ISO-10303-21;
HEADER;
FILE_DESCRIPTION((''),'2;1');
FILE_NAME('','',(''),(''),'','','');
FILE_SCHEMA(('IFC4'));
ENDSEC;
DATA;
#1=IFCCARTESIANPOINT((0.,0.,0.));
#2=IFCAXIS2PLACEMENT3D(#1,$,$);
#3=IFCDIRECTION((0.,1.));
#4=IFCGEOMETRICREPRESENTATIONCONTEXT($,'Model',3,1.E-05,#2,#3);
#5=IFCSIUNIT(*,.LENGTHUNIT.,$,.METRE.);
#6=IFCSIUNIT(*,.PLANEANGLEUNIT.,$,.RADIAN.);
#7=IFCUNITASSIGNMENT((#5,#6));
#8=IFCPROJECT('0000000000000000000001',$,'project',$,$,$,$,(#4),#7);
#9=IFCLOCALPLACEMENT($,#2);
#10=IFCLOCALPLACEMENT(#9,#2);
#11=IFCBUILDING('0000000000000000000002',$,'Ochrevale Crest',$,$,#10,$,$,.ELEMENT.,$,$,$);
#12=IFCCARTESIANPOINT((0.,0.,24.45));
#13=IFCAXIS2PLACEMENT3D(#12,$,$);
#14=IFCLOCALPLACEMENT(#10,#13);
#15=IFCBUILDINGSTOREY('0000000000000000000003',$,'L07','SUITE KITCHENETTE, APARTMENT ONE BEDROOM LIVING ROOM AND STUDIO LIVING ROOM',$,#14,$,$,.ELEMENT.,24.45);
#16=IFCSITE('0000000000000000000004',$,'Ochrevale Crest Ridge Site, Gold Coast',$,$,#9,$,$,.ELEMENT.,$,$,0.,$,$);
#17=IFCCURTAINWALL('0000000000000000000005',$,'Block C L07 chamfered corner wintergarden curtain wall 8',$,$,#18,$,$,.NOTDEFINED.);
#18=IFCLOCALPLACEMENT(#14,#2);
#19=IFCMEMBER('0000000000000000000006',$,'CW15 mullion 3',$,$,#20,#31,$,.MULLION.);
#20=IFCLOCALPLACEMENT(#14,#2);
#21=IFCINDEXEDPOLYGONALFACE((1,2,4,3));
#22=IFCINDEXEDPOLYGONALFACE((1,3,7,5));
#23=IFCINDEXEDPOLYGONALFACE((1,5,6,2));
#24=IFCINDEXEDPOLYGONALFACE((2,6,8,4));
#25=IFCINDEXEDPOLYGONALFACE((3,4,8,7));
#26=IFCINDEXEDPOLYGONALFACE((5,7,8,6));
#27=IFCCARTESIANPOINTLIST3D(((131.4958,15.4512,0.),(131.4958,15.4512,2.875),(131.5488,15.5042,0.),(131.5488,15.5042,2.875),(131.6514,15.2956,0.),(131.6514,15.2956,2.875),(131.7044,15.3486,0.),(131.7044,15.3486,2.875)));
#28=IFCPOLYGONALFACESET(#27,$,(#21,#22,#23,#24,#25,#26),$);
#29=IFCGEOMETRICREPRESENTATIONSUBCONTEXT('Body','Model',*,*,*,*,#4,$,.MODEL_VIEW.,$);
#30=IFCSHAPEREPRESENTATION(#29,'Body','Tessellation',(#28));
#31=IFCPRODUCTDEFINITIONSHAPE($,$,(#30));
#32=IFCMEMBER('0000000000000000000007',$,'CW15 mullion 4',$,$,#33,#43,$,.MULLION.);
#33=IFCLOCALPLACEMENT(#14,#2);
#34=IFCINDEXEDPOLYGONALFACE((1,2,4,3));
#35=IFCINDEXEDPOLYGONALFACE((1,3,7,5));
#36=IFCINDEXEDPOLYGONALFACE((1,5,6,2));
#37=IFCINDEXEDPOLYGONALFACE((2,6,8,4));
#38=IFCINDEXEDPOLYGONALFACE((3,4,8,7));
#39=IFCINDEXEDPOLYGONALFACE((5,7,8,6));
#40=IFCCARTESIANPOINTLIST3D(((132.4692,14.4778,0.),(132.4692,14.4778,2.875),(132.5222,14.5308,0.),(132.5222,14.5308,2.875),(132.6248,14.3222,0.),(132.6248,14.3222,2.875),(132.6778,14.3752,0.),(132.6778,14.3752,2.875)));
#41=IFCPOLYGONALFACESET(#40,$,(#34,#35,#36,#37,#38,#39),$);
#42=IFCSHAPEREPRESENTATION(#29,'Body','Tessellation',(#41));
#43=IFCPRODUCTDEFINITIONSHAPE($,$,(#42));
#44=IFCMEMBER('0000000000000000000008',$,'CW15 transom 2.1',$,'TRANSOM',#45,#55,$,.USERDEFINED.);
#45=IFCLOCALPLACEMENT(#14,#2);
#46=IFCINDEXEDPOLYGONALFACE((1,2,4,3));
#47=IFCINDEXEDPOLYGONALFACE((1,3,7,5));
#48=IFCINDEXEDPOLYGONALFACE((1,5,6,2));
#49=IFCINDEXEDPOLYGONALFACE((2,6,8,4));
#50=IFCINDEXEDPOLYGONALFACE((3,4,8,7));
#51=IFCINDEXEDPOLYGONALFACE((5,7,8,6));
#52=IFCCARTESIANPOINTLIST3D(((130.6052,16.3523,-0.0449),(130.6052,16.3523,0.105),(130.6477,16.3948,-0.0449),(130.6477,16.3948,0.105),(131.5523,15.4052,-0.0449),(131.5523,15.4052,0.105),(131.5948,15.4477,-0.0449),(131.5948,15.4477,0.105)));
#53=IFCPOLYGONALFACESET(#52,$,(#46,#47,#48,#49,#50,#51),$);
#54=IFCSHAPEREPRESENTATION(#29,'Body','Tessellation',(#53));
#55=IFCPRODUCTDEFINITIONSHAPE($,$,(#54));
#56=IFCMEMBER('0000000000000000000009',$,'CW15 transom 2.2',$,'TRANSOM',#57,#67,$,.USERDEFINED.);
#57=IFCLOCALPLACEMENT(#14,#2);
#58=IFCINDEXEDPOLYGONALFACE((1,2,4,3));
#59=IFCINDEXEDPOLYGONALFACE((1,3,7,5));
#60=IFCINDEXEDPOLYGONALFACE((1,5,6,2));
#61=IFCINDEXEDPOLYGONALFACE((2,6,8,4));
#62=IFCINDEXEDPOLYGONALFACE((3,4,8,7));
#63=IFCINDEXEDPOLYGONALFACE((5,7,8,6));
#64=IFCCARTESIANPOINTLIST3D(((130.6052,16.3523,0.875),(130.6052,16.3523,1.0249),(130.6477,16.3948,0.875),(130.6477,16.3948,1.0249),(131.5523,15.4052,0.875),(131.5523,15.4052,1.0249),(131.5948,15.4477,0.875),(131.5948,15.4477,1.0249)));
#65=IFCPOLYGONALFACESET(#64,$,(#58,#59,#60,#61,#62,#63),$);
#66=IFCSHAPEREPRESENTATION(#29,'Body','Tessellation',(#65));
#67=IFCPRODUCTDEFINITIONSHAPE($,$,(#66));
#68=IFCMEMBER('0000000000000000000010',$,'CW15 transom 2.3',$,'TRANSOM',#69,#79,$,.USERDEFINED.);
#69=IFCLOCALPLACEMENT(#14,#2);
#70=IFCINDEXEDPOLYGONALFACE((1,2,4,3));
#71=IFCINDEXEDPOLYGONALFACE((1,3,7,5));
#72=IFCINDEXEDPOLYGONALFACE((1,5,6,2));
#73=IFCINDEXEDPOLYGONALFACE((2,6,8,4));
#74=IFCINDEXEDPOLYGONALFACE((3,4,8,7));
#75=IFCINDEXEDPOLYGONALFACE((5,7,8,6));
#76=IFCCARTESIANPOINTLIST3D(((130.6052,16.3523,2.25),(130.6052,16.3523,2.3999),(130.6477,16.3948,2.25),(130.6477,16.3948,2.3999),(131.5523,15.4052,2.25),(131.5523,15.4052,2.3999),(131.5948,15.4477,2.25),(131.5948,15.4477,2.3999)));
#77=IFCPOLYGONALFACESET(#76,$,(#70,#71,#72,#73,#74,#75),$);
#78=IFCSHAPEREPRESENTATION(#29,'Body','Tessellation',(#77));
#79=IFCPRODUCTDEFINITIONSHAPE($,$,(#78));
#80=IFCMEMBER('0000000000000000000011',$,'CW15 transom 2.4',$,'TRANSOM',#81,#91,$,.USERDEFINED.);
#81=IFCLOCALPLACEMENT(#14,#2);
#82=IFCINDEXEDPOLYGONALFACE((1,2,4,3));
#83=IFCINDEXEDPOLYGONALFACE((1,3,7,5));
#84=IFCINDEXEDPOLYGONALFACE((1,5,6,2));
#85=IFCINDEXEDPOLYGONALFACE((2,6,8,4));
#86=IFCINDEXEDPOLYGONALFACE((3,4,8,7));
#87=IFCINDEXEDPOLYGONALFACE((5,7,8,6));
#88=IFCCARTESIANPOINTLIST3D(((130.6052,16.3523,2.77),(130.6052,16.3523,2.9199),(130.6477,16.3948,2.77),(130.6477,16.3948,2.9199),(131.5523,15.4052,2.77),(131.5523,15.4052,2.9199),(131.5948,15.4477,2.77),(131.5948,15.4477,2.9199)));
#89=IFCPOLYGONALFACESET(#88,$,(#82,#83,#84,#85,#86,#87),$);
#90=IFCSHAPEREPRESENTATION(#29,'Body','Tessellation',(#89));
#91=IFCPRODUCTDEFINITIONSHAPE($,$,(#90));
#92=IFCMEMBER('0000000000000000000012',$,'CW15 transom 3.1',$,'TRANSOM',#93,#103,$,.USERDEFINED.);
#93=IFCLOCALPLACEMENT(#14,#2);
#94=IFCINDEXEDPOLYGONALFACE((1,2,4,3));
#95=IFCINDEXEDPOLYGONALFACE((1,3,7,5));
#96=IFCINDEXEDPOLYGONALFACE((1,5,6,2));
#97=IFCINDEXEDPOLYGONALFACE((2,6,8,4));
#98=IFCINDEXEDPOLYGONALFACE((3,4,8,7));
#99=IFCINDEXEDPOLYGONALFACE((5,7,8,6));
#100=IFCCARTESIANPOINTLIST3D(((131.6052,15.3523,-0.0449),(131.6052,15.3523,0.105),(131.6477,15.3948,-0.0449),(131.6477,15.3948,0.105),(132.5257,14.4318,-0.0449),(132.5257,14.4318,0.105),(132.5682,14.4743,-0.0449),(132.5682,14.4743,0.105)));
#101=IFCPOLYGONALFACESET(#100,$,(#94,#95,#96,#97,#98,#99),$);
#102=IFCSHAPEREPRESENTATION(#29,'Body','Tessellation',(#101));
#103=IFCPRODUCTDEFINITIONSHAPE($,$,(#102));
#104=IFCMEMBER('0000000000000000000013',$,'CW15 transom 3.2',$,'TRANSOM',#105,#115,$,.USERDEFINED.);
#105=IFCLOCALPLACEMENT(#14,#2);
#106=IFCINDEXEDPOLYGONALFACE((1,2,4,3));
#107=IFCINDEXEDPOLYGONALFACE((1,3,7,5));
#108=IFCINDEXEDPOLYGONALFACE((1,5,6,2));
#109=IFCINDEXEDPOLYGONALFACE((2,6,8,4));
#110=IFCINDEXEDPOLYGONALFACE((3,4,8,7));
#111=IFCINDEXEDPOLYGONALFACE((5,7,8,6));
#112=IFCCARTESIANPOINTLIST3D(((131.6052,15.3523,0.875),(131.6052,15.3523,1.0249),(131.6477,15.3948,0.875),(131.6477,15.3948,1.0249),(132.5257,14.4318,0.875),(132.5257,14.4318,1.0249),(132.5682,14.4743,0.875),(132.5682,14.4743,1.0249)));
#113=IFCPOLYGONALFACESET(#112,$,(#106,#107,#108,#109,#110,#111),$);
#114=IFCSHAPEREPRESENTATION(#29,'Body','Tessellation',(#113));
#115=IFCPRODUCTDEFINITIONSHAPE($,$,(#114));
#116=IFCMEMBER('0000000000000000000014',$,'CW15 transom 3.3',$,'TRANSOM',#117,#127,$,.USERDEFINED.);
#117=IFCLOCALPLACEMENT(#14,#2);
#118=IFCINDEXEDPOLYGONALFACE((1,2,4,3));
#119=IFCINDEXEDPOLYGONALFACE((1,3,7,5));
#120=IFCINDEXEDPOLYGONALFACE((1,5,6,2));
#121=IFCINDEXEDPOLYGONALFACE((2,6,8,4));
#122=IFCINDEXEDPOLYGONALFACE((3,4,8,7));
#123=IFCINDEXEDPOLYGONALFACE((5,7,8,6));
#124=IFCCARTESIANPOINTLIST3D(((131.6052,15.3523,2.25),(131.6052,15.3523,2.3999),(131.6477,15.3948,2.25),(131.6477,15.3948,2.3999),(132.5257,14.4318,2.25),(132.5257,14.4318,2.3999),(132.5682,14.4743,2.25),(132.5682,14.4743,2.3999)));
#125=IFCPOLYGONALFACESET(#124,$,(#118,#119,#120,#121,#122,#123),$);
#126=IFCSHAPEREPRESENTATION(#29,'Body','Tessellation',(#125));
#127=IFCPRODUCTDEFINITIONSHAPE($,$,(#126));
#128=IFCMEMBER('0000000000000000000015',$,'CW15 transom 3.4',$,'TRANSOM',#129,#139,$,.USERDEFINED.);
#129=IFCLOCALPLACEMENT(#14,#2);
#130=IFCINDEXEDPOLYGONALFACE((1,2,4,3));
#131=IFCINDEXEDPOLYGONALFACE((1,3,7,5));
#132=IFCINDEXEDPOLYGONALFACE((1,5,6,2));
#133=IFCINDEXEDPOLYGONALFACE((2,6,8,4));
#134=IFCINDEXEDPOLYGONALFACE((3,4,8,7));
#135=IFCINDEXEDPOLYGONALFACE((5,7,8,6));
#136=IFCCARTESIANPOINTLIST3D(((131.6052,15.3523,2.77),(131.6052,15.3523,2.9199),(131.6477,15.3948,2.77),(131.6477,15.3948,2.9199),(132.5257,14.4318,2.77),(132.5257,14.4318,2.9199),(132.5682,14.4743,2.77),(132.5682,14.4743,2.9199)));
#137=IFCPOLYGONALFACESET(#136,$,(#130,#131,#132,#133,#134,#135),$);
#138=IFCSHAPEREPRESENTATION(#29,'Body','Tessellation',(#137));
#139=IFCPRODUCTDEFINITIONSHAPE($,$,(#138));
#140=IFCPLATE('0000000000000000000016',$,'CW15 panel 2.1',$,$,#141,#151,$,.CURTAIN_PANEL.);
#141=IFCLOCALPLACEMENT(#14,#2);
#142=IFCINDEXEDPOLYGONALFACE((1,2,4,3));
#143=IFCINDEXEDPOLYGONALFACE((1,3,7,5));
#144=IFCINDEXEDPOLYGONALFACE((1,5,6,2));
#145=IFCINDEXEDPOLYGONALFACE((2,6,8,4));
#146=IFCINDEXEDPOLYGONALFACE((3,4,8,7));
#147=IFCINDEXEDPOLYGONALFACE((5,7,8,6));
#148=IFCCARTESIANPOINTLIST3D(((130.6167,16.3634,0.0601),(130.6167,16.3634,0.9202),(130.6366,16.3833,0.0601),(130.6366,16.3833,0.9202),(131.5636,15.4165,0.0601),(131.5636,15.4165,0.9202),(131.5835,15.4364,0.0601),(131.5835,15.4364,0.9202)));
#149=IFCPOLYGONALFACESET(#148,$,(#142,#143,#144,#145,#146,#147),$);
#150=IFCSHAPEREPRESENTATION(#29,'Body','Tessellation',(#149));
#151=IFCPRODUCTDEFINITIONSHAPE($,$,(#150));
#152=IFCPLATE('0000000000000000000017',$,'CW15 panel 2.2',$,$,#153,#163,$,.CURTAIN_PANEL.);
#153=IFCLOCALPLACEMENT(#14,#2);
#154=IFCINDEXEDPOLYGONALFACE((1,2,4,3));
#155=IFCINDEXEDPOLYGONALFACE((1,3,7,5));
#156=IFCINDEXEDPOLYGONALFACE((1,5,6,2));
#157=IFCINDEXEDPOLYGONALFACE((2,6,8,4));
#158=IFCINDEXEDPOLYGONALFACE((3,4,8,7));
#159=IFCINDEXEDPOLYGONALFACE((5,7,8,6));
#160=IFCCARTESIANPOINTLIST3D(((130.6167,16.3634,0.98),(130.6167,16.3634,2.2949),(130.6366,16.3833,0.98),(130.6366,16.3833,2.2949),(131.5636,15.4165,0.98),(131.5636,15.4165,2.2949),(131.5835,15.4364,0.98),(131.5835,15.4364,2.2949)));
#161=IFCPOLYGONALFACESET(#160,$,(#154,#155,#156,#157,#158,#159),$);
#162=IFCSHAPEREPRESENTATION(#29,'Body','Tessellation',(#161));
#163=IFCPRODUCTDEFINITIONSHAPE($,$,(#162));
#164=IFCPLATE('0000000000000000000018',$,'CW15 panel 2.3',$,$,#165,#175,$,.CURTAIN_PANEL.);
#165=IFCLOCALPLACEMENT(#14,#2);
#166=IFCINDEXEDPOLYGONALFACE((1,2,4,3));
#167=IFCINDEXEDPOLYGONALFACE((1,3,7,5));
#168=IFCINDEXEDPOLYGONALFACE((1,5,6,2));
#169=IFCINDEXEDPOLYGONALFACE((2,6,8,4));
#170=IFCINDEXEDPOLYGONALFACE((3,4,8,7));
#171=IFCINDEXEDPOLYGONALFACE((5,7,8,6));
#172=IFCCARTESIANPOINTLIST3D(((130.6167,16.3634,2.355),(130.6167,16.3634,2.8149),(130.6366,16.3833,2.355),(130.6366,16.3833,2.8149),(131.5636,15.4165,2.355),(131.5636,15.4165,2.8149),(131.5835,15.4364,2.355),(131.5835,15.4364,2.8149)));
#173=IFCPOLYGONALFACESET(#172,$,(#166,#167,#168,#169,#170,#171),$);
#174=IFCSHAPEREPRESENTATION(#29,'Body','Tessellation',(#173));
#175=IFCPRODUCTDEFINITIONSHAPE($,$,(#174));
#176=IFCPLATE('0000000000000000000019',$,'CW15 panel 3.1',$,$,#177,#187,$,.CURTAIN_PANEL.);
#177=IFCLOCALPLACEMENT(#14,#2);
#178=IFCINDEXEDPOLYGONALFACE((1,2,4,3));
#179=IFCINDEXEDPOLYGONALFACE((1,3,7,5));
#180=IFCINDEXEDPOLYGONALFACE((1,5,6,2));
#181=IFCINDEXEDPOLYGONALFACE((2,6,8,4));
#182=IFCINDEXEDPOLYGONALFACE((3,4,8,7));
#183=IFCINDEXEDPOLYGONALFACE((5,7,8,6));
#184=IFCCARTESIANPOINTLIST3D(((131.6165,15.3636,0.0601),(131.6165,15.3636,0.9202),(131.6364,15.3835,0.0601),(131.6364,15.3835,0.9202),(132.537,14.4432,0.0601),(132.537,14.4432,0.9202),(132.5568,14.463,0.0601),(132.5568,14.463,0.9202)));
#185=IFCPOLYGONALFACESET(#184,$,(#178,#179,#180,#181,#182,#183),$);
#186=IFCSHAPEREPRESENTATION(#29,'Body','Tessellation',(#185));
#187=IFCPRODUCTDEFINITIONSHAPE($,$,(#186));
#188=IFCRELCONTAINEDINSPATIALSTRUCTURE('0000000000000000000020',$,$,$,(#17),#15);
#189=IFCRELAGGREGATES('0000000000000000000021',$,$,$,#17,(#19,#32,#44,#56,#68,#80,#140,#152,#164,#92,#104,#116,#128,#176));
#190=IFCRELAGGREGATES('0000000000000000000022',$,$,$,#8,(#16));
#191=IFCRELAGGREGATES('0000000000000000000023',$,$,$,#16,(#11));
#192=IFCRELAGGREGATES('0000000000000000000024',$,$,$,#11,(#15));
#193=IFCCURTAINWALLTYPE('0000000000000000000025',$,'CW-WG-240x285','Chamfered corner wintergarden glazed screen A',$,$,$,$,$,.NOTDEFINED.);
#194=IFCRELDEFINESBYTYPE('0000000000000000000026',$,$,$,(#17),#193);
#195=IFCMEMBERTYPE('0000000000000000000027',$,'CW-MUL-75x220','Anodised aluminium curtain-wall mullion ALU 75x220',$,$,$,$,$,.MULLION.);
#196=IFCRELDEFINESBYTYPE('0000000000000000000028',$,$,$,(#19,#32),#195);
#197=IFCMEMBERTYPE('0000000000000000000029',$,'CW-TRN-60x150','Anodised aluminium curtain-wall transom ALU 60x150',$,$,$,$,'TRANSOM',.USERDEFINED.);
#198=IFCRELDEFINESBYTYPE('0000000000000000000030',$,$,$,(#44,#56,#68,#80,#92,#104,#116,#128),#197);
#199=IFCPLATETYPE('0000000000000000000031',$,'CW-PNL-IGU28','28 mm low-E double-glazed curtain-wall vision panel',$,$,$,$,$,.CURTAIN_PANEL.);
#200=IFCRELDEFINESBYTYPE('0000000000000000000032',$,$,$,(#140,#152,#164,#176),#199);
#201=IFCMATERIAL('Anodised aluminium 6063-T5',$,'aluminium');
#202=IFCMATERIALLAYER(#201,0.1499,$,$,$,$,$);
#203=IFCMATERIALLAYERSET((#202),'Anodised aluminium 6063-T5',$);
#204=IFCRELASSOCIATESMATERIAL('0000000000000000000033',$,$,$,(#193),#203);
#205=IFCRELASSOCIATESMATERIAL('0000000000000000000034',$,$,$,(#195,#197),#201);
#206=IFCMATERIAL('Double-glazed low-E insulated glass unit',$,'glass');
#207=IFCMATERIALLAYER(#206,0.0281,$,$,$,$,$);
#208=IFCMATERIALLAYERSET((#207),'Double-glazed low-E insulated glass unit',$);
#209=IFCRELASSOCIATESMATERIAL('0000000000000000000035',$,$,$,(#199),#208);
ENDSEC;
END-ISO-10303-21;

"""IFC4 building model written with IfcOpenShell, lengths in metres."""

from ifc_helpers import new_model, si_unit, direction, frame, origin, origin_2d, place, context, subcontext, project, spatial, rectangle, extrude, material, layer, layer_set, material_profile, profile_set, type_object, element, aggregate, save


model = new_model("IFC4")

# Units and contexts
model_context = context("Model", 3, precision=1e-05, world=origin(), true_north=direction((0.0, 1.0)))
body_context = subcontext(model_context, "Body", "Model", "MODEL_VIEW")
ifc_project = project(units=[si_unit("LENGTHUNIT", "METRE"), si_unit("PLANEANGLEUNIT", "RADIAN")], contexts=[model_context])

# Site, building, storey
site_placement = place(None, origin())
site = spatial("IfcSite", under=ifc_project, at=site_placement, Name="Ochrevale Crest Ridge Site, Gold Coast", CompositionType="ELEMENT", RefElevation=0.0)
building_placement = place(site_placement, origin())
building = spatial("IfcBuilding", under=site, at=building_placement, Name="Ochrevale Crest", CompositionType="ELEMENT")
storey_placement = place(building_placement, frame((0.0, 0.0, 24.45)))
storey = spatial("IfcBuildingStorey", under=building, at=storey_placement, Name="L07", Description="SUITE KITCHENETTE, APARTMENT ONE BEDROOM LIVING ROOM AND STUDIO LIVING ROOM", CompositionType="ELEMENT", Elevation=24.45)

# Curtain wall, members, plates
ifc_material_1 = material(Name="Anodised aluminium 6063-T5", Category="aluminium")
ifc_layer_1 = layer(ifc_material_1, 0.1499)
ifc_layer_set_1 = layer_set([ifc_layer_1], Name="Anodised aluminium 6063-T5")
curtain_wall_type = type_object("IfcCurtainWallType", Name="CW-WG-240x285", Description="Chamfered corner wintergarden glazed screen A", PredefinedType="NOTDEFINED", material=ifc_layer_set_1)
curtain_wall_placement = place(storey_placement, origin())
curtain_wall = element("IfcCurtainWall", 1, at=curtain_wall_placement, inside=storey, type_object=curtain_wall_type, Name="Block C L07 chamfered corner wintergarden curtain wall 8", PredefinedType="NOTDEFINED")
ifc_material_profile_1 = material_profile(ifc_material_1, rectangle(XDim=0.075, YDim=0.22, at=origin_2d()), Name="ALU 75x220")
ifc_profile_set_1 = profile_set([ifc_material_profile_1], Name="Anodised aluminium 6063-T5")
member_type_1 = type_object("IfcMemberType", Name="CW-MUL-75x220", Description="Anodised aluminium curtain-wall mullion ALU 75x220", PredefinedType="MULLION", material=ifc_profile_set_1)
member_1_placement = place(storey_placement, frame((131.6001, 15.3999, 0.0), z_axis=(0.0, 0.0, 1.0), x_axis=(0.707107, 0.707107, 0.0)))
member_1 = element("IfcMember", 2, at=member_1_placement, type_object=member_type_1, Name="CW15 mullion 3", PredefinedType="MULLION", context=body_context, shape_type="SweptSolid", body=[
    extrude(rectangle(XDim=0.075, YDim=0.22, at=origin_2d()), origin(), (0.0, 0.0, 1.0), 2.875),
])
member_2_placement = place(storey_placement, frame((132.5735, 14.4265, 0.0), z_axis=(0.0, 0.0, 1.0), x_axis=(0.707107, 0.707107, 0.0)))
member_2 = element("IfcMember", 3, at=member_2_placement, type_object=member_type_1, Name="CW15 mullion 4", PredefinedType="MULLION", context=body_context, shape_type="SweptSolid", body=[
    extrude(rectangle(XDim=0.075, YDim=0.22, at=origin_2d()), origin(), (0.0, 0.0, 1.0), 2.875),
])
ifc_material_profile_2 = material_profile(ifc_material_1, rectangle(XDim=0.0601, YDim=0.1499, at=origin_2d()), Name="ALU 60x150")
ifc_profile_set_2 = profile_set([ifc_material_profile_2], Name="Anodised aluminium 6063-T5")
member_type_2 = type_object("IfcMemberType", Name="CW-TRN-60x150", Description="Anodised aluminium curtain-wall transom ALU 60x150", ElementType="TRANSOM", PredefinedType="USERDEFINED", material=ifc_profile_set_2)
member_3_placement = place(storey_placement, frame((130.6265, 16.3735, 0.03), z_axis=(0.707107, -0.707107, 0.0), x_axis=(0.707107, 0.707107, 0.0)))
member_3 = element("IfcMember", 4, at=member_3_placement, type_object=member_type_2, Name="CW15 transom 2.1", ObjectType="TRANSOM", PredefinedType="USERDEFINED", context=body_context, shape_type="SweptSolid", body=[
    extrude(rectangle(XDim=0.0601, YDim=0.1499, at=origin_2d()), origin(), (0.0, 0.0, 1.0), 1.3394),
])
member_4_placement = place(storey_placement, frame((130.6265, 16.3735, 0.95), z_axis=(0.707107, -0.707107, 0.0), x_axis=(0.707107, 0.707107, 0.0)))
member_4 = element("IfcMember", 5, at=member_4_placement, type_object=member_type_2, Name="CW15 transom 2.2", ObjectType="TRANSOM", PredefinedType="USERDEFINED", context=body_context, shape_type="SweptSolid", body=[
    extrude(rectangle(XDim=0.0601, YDim=0.1499, at=origin_2d()), origin(), (0.0, 0.0, 1.0), 1.3394),
])
member_5_placement = place(storey_placement, frame((130.6265, 16.3735, 2.325), z_axis=(0.707107, -0.707107, 0.0), x_axis=(0.707107, 0.707107, 0.0)))
member_5 = element("IfcMember", 6, at=member_5_placement, type_object=member_type_2, Name="CW15 transom 2.3", ObjectType="TRANSOM", PredefinedType="USERDEFINED", context=body_context, shape_type="SweptSolid", body=[
    extrude(rectangle(XDim=0.0601, YDim=0.1499, at=origin_2d()), origin(), (0.0, 0.0, 1.0), 1.3394),
])
member_6_placement = place(storey_placement, frame((130.6265, 16.3735, 2.845), z_axis=(0.707107, -0.707107, 0.0), x_axis=(0.707107, 0.707107, 0.0)))
member_6 = element("IfcMember", 7, at=member_6_placement, type_object=member_type_2, Name="CW15 transom 2.4", ObjectType="TRANSOM", PredefinedType="USERDEFINED", context=body_context, shape_type="SweptSolid", body=[
    extrude(rectangle(XDim=0.0601, YDim=0.1499, at=origin_2d()), origin(), (0.0, 0.0, 1.0), 1.3394),
])
member_7_placement = place(storey_placement, frame((131.6265, 15.3735, 0.03), z_axis=(0.707107, -0.707107, 0.0), x_axis=(0.707107, 0.707107, 0.0)))
member_7 = element("IfcMember", 8, at=member_7_placement, type_object=member_type_2, Name="CW15 transom 3.1", ObjectType="TRANSOM", PredefinedType="USERDEFINED", context=body_context, shape_type="SweptSolid", body=[
    extrude(rectangle(XDim=0.0601, YDim=0.1499, at=origin_2d()), origin(), (0.0, 0.0, 1.0), 1.3018),
])
member_8_placement = place(storey_placement, frame((131.6265, 15.3735, 0.95), z_axis=(0.707107, -0.707107, 0.0), x_axis=(0.707107, 0.707107, 0.0)))
member_8 = element("IfcMember", 9, at=member_8_placement, type_object=member_type_2, Name="CW15 transom 3.2", ObjectType="TRANSOM", PredefinedType="USERDEFINED", context=body_context, shape_type="SweptSolid", body=[
    extrude(rectangle(XDim=0.0601, YDim=0.1499, at=origin_2d()), origin(), (0.0, 0.0, 1.0), 1.3018),
])
member_9_placement = place(storey_placement, frame((131.6265, 15.3735, 2.325), z_axis=(0.707107, -0.707107, 0.0), x_axis=(0.707107, 0.707107, 0.0)))
member_9 = element("IfcMember", 10, at=member_9_placement, type_object=member_type_2, Name="CW15 transom 3.3", ObjectType="TRANSOM", PredefinedType="USERDEFINED", context=body_context, shape_type="SweptSolid", body=[
    extrude(rectangle(XDim=0.0601, YDim=0.1499, at=origin_2d()), origin(), (0.0, 0.0, 1.0), 1.3018),
])
member_10_placement = place(storey_placement, frame((131.6265, 15.3735, 2.845), z_axis=(0.707107, -0.707107, 0.0), x_axis=(0.707107, 0.707107, 0.0)))
member_10 = element("IfcMember", 11, at=member_10_placement, type_object=member_type_2, Name="CW15 transom 3.4", ObjectType="TRANSOM", PredefinedType="USERDEFINED", context=body_context, shape_type="SweptSolid", body=[
    extrude(rectangle(XDim=0.0601, YDim=0.1499, at=origin_2d()), origin(), (0.0, 0.0, 1.0), 1.3018),
])
ifc_material_2 = material(Name="Double-glazed low-E insulated glass unit", Category="glass")
ifc_layer_2 = layer(ifc_material_2, 0.0281)
ifc_layer_set_2 = layer_set([ifc_layer_2], Name="Double-glazed low-E insulated glass unit")
plate_type = type_object("IfcPlateType", Name="CW-PNL-IGU28", Description="28 mm low-E double-glazed curtain-wall vision panel", PredefinedType="CURTAIN_PANEL", material=ifc_layer_set_2)
plate_1_placement = place(storey_placement, frame((131.1001, 15.8999, 0.0601), z_axis=(0.0, 0.0, 1.0), x_axis=(0.707107, -0.707107, 0.0)))
plate_1 = element("IfcPlate", 12, at=plate_1_placement, type_object=plate_type, Name="CW15 panel 2.1", PredefinedType="CURTAIN_PANEL", context=body_context, shape_type="SweptSolid", body=[
    extrude(rectangle(XDim=1.3391, YDim=0.0281, at=origin_2d()), origin(), (0.0, 0.0, 1.0), 0.8601),
])
plate_2_placement = place(storey_placement, frame((131.1001, 15.8999, 0.98), z_axis=(0.0, 0.0, 1.0), x_axis=(0.707107, -0.707107, 0.0)))
plate_2 = element("IfcPlate", 13, at=plate_2_placement, type_object=plate_type, Name="CW15 panel 2.2", PredefinedType="CURTAIN_PANEL", context=body_context, shape_type="SweptSolid", body=[
    extrude(rectangle(XDim=1.3391, YDim=0.0281, at=origin_2d()), origin(), (0.0, 0.0, 1.0), 1.3149),
])
plate_3_placement = place(storey_placement, frame((131.1001, 15.8999, 2.355), z_axis=(0.0, 0.0, 1.0), x_axis=(0.707107, -0.707107, 0.0)))
plate_3 = element("IfcPlate", 14, at=plate_3_placement, type_object=plate_type, Name="CW15 panel 2.3", PredefinedType="CURTAIN_PANEL", context=body_context, shape_type="SweptSolid", body=[
    extrude(rectangle(XDim=1.3391, YDim=0.0281, at=origin_2d()), origin(), (0.0, 0.0, 1.0), 0.46),
])
plate_4_placement = place(storey_placement, frame((132.0867, 14.9133, 0.0601), z_axis=(0.0, 0.0, 1.0), x_axis=(0.707107, -0.707107, 0.0)))
plate_4 = element("IfcPlate", 15, at=plate_4_placement, type_object=plate_type, Name="CW15 panel 3.1", PredefinedType="CURTAIN_PANEL", context=body_context, shape_type="SweptSolid", body=[
    extrude(rectangle(XDim=1.3018, YDim=0.0281, at=origin_2d()), origin(), (0.0, 0.0, 1.0), 0.8601),
])
aggregate(curtain_wall, [member_1, member_2, member_3, member_4, member_5, member_6, plate_1, plate_2, plate_3, member_7, member_8, member_9, member_10, plate_4])

save(model, "model.ifc")
